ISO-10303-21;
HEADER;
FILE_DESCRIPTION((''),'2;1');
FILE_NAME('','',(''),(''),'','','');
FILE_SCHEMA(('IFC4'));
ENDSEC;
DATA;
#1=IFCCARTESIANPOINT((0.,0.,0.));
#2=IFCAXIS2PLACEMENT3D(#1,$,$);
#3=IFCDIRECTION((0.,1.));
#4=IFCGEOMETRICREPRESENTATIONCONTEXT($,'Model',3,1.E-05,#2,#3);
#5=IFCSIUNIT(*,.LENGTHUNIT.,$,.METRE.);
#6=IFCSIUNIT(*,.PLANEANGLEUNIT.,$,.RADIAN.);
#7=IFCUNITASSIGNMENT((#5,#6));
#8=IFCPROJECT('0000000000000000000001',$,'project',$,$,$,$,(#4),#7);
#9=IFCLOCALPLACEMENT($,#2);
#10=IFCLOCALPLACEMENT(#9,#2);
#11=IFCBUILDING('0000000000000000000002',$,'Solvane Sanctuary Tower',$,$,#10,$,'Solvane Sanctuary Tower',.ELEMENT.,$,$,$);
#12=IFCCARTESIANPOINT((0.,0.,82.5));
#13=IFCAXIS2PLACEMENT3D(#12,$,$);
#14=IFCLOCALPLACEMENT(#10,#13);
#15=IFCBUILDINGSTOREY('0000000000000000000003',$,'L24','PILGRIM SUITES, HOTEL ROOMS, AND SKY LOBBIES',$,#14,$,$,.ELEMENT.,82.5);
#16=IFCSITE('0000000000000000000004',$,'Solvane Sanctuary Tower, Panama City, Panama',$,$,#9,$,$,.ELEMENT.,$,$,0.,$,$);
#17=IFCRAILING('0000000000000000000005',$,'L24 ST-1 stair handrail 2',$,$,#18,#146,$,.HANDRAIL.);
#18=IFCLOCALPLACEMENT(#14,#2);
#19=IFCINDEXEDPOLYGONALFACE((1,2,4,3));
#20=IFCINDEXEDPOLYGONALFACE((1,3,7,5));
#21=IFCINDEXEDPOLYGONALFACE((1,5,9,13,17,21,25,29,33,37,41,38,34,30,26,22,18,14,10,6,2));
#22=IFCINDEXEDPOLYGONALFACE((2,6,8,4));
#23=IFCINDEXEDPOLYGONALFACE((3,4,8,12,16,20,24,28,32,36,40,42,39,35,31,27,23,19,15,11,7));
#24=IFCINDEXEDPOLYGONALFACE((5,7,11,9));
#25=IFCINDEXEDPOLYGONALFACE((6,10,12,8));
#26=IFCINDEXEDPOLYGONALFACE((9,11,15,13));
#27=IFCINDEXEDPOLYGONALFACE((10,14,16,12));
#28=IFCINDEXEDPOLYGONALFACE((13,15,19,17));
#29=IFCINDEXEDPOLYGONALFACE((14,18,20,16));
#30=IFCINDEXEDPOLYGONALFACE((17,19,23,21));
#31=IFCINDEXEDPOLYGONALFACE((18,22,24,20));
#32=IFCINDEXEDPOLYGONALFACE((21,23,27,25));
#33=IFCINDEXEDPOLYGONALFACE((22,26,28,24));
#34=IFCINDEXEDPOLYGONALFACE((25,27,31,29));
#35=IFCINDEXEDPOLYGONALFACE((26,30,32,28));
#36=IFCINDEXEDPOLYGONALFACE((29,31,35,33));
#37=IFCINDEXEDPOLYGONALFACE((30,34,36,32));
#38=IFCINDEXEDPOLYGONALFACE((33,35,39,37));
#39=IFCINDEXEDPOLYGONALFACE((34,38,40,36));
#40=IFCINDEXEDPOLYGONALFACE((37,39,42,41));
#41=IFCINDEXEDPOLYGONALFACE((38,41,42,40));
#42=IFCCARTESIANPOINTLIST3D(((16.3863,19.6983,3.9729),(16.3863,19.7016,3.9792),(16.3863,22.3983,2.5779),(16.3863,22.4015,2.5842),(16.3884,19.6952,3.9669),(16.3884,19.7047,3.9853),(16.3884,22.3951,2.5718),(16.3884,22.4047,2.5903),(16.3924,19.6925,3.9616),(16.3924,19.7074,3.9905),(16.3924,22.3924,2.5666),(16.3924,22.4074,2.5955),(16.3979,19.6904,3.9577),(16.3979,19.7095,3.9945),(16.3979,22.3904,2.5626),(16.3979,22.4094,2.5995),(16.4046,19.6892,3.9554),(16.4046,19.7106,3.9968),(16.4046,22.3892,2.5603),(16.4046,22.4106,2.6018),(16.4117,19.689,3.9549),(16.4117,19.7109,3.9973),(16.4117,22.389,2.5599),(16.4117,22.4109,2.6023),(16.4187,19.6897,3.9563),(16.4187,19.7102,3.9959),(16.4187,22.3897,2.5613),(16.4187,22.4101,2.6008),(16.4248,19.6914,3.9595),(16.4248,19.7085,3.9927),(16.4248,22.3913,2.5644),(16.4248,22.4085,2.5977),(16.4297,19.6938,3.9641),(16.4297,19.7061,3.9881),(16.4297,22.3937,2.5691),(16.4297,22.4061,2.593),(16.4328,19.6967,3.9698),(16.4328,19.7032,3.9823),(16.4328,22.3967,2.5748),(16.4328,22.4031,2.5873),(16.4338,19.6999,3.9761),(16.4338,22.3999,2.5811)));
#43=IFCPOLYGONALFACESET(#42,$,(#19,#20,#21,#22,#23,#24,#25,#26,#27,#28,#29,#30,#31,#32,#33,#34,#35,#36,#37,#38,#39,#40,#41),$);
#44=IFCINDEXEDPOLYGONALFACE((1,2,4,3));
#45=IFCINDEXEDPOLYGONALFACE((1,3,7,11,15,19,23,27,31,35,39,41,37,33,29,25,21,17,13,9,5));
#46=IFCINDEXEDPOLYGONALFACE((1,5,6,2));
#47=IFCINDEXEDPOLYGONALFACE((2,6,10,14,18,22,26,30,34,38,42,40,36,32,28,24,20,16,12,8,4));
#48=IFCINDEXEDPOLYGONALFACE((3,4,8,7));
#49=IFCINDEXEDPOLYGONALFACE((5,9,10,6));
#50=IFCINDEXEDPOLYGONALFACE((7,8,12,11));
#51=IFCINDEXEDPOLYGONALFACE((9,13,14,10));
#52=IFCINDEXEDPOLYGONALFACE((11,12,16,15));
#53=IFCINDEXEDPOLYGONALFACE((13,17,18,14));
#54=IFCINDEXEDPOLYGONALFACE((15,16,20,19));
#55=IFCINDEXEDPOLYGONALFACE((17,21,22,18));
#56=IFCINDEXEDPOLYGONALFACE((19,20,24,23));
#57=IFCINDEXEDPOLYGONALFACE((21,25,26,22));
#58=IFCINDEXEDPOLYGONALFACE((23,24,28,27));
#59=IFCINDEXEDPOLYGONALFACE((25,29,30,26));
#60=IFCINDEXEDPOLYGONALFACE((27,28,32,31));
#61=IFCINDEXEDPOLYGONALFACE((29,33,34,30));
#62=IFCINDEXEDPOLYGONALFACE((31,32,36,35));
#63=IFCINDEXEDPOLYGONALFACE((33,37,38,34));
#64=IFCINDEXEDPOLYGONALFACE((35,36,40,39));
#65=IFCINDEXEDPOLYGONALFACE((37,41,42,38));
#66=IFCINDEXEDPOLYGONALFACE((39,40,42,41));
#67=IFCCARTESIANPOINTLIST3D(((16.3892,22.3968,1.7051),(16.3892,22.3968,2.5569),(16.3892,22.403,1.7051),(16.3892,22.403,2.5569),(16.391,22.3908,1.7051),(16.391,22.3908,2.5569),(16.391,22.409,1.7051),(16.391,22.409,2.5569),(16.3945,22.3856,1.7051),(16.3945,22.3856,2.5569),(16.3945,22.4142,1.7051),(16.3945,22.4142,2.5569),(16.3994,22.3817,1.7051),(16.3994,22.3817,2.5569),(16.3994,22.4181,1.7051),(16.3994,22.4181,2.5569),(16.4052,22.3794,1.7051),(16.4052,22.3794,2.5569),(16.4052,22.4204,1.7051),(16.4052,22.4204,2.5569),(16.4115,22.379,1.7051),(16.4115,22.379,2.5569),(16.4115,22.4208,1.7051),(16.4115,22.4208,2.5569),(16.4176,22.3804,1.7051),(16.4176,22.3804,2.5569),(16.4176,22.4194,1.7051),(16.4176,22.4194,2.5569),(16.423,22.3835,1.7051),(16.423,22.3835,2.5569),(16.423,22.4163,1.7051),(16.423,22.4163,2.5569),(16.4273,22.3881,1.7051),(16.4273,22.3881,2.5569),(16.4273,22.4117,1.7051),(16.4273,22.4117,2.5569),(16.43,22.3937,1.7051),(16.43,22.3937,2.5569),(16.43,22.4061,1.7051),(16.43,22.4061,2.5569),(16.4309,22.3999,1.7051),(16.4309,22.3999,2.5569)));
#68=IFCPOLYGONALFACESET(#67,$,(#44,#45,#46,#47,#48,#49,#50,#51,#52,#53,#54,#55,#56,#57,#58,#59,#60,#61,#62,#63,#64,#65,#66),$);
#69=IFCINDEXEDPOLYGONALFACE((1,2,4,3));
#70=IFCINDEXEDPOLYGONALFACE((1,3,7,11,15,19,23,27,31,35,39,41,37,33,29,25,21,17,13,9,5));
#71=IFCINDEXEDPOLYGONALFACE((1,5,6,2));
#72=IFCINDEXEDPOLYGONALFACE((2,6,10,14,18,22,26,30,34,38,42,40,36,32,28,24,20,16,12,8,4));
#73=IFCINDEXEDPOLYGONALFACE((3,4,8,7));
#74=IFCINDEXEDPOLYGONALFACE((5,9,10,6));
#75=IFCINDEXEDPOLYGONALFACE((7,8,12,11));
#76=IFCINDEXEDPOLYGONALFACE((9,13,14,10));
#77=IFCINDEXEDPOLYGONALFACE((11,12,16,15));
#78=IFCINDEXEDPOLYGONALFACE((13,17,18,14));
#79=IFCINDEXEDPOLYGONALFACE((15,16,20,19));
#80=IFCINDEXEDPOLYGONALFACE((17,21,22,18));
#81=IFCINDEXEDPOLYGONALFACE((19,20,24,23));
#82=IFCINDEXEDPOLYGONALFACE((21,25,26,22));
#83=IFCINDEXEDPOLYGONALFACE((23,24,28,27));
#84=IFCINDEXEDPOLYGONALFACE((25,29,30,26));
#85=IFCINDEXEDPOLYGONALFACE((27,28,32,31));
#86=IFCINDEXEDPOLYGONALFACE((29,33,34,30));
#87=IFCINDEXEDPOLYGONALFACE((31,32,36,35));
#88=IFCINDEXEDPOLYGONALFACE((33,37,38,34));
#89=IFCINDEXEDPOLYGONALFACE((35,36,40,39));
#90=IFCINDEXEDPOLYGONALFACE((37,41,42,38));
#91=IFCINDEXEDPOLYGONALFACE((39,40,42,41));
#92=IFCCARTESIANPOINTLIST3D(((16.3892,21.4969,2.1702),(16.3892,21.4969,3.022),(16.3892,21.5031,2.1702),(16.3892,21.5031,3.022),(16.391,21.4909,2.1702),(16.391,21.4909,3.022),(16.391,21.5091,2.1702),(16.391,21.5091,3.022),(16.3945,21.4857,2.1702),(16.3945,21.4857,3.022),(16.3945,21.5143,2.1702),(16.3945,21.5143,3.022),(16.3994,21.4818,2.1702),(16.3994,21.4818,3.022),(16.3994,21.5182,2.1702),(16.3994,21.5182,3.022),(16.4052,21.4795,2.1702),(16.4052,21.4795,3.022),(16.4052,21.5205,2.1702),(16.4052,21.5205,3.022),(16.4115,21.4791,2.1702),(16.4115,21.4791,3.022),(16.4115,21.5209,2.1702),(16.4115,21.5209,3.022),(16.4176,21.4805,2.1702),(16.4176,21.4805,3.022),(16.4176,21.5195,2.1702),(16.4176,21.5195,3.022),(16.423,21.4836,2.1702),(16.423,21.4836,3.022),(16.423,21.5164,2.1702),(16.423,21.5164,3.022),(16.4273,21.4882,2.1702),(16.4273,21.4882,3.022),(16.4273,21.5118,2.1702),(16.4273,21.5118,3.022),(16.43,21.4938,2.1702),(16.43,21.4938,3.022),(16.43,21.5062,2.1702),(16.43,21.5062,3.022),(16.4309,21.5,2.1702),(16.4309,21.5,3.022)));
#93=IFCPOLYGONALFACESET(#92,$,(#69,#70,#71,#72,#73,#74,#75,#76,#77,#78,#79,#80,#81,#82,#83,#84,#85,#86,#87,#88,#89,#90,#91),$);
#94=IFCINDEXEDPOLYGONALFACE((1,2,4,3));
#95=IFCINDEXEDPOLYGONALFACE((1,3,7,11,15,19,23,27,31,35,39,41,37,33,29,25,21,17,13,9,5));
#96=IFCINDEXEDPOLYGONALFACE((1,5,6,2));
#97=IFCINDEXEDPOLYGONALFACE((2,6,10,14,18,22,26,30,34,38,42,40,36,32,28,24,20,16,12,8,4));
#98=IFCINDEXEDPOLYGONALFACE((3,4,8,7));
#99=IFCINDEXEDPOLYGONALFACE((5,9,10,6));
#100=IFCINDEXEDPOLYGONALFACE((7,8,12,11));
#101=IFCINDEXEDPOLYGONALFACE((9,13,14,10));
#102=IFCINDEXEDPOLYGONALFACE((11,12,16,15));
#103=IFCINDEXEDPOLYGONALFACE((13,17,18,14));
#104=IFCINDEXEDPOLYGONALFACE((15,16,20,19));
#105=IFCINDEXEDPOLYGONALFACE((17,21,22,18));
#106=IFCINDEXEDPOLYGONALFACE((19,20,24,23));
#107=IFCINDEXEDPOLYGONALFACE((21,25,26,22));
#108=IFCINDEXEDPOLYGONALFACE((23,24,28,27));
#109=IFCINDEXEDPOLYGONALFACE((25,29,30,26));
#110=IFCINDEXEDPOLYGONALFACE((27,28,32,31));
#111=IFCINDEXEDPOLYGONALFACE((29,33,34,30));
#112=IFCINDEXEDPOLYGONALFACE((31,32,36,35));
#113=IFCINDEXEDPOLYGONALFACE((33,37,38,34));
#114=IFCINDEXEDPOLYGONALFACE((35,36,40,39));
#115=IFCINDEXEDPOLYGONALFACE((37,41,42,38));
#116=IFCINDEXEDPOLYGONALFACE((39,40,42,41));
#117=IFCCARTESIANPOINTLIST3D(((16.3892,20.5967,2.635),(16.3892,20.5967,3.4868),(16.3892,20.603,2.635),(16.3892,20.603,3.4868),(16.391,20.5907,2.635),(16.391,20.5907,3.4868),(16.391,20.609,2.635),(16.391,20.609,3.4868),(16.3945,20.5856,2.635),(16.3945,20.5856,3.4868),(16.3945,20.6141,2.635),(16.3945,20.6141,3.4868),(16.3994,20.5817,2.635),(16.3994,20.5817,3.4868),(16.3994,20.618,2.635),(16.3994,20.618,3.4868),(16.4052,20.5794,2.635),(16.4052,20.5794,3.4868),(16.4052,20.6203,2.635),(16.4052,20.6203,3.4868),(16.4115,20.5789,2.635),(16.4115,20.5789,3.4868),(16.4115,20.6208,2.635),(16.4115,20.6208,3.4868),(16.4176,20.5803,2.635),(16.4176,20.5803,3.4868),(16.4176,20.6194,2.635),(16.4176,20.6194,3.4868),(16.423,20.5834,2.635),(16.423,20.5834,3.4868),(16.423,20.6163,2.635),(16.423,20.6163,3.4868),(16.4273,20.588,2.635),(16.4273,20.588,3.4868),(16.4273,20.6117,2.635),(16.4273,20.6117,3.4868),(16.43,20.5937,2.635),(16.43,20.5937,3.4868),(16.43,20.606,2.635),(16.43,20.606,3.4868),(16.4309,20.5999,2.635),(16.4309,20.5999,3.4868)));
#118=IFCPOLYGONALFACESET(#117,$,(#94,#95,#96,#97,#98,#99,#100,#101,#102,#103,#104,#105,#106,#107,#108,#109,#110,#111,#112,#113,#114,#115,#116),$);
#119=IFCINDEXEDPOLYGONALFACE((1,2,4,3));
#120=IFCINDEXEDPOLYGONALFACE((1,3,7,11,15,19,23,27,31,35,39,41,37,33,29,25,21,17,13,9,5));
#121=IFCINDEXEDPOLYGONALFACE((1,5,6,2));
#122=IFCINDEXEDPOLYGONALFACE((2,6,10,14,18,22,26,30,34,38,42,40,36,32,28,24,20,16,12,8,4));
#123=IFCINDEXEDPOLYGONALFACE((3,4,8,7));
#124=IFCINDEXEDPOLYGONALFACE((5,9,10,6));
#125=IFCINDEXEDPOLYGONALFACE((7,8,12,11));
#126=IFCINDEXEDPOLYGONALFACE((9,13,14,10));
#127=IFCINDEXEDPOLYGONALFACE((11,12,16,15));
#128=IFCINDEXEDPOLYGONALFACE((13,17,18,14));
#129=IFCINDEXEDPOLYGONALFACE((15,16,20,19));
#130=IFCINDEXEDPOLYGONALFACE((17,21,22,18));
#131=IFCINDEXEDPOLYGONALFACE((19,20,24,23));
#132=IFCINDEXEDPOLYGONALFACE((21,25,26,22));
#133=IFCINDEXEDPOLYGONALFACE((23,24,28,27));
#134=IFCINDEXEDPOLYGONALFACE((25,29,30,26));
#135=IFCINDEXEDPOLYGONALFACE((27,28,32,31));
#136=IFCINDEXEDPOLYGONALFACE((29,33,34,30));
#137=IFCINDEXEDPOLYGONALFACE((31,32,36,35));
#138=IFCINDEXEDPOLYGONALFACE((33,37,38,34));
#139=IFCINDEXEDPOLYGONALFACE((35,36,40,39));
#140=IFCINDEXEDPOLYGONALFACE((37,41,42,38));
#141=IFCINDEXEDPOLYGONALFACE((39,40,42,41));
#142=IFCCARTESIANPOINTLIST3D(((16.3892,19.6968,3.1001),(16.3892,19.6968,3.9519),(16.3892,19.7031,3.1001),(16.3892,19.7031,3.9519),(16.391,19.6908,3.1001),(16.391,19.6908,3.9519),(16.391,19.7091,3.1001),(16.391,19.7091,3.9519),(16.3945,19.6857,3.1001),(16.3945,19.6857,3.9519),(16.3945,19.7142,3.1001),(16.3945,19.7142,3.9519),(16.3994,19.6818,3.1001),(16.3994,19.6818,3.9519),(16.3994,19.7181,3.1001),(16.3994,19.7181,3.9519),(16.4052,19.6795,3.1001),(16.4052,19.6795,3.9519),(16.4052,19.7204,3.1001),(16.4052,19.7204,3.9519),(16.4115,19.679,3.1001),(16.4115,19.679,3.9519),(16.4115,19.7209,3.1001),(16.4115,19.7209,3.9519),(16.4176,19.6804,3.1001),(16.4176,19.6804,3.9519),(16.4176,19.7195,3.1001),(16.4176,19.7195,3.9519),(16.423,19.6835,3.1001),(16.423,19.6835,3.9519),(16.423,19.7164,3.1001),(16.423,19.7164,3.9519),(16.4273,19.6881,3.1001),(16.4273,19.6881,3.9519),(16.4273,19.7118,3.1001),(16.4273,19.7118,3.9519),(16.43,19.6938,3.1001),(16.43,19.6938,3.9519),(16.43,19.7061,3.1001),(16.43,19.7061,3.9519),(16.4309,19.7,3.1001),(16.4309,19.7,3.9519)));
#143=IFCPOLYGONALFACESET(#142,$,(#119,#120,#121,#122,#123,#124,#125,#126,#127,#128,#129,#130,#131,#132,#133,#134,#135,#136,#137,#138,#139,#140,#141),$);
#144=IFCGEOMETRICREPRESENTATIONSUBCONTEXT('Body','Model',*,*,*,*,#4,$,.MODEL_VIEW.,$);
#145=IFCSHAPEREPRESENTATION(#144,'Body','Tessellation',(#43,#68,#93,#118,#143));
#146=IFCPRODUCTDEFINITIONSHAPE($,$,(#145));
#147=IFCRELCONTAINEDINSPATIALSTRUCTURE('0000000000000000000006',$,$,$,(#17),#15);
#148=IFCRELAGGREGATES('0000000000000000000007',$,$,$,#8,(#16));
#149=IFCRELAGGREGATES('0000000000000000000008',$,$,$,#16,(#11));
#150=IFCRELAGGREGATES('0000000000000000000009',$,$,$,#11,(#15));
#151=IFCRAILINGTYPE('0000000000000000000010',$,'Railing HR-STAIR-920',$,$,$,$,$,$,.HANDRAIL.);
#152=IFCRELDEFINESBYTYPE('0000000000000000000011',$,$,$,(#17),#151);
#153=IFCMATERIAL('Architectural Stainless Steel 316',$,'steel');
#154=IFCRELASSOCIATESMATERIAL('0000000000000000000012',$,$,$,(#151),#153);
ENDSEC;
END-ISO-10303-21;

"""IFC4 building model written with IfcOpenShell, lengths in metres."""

from ifc_helpers import new_model, si_unit, direction, frame, origin, origin_2d, place, context, subcontext, project, spatial, circle, extrude, material, type_object, element, save


model = new_model("IFC4")

# Units and contexts
model_context = context("Model", 3, precision=1e-05, world=origin(), true_north=direction((0.0, 1.0)))
body_context = subcontext(model_context, "Body", "Model", "MODEL_VIEW")
ifc_project = project(units=[si_unit("LENGTHUNIT", "METRE"), si_unit("PLANEANGLEUNIT", "RADIAN")], contexts=[model_context])

# Site, building, storey
site_placement = place(None, origin())
site = spatial("IfcSite", under=ifc_project, at=site_placement, Name="Solvane Sanctuary Tower, Panama City, Panama", CompositionType="ELEMENT", RefElevation=0.0)
building_placement = place(site_placement, origin())
building = spatial("IfcBuilding", under=site, at=building_placement, Name="Solvane Sanctuary Tower", LongName="Solvane Sanctuary Tower", CompositionType="ELEMENT")
storey_placement = place(building_placement, frame((0.0, 0.0, 82.5)))
storey = spatial("IfcBuildingStorey", under=building, at=storey_placement, Name="L24", Description="PILGRIM SUITES, HOTEL ROOMS, AND SKY LOBBIES", CompositionType="ELEMENT", Elevation=82.5)

# Shared definitions
ifc_material_1 = material(Name="Architectural Stainless Steel 316", Category="steel")

# Railing
railing_type_1 = type_object("IfcRailingType", Name="Railing HR-STAIR-920", PredefinedType="HANDRAIL", material=ifc_material_1)
railing_1_placement = place(storey_placement, frame((16.4099, 22.3999, 1.7051)))
element("IfcRailing", 1, at=railing_1_placement, inside=storey, type_object=railing_type_1, Name="L24 ST-1 stair handrail 2", PredefinedType="HANDRAIL", context=body_context, shape_type="SweptSolid", body=[
    extrude(circle(Radius=0.0239, at=origin_2d()), frame((0.0, 0.0, 0.876), z_axis=(0.0, -0.88842, 0.459032), x_axis=(1.0, 0.0, 0.0)), (0.0, 0.0, 1.0), 3.0391),
    extrude(circle(Radius=0.021, at=origin_2d()), origin(), (0.0, 0.0, 1.0), 0.8518),
    extrude(circle(Radius=0.021, at=origin_2d()), frame((0.0, -0.8999, 0.4651)), (0.0, 0.0, 1.0), 0.8518),
    extrude(circle(Radius=0.021, at=origin_2d()), frame((0.0, -1.8, 0.9299)), (0.0, 0.0, 1.0), 0.8518),
    extrude(circle(Radius=0.021, at=origin_2d()), frame((0.0, -2.7, 1.395)), (0.0, 0.0, 1.0), 0.8518),
])

save(model, "model.ifc")
